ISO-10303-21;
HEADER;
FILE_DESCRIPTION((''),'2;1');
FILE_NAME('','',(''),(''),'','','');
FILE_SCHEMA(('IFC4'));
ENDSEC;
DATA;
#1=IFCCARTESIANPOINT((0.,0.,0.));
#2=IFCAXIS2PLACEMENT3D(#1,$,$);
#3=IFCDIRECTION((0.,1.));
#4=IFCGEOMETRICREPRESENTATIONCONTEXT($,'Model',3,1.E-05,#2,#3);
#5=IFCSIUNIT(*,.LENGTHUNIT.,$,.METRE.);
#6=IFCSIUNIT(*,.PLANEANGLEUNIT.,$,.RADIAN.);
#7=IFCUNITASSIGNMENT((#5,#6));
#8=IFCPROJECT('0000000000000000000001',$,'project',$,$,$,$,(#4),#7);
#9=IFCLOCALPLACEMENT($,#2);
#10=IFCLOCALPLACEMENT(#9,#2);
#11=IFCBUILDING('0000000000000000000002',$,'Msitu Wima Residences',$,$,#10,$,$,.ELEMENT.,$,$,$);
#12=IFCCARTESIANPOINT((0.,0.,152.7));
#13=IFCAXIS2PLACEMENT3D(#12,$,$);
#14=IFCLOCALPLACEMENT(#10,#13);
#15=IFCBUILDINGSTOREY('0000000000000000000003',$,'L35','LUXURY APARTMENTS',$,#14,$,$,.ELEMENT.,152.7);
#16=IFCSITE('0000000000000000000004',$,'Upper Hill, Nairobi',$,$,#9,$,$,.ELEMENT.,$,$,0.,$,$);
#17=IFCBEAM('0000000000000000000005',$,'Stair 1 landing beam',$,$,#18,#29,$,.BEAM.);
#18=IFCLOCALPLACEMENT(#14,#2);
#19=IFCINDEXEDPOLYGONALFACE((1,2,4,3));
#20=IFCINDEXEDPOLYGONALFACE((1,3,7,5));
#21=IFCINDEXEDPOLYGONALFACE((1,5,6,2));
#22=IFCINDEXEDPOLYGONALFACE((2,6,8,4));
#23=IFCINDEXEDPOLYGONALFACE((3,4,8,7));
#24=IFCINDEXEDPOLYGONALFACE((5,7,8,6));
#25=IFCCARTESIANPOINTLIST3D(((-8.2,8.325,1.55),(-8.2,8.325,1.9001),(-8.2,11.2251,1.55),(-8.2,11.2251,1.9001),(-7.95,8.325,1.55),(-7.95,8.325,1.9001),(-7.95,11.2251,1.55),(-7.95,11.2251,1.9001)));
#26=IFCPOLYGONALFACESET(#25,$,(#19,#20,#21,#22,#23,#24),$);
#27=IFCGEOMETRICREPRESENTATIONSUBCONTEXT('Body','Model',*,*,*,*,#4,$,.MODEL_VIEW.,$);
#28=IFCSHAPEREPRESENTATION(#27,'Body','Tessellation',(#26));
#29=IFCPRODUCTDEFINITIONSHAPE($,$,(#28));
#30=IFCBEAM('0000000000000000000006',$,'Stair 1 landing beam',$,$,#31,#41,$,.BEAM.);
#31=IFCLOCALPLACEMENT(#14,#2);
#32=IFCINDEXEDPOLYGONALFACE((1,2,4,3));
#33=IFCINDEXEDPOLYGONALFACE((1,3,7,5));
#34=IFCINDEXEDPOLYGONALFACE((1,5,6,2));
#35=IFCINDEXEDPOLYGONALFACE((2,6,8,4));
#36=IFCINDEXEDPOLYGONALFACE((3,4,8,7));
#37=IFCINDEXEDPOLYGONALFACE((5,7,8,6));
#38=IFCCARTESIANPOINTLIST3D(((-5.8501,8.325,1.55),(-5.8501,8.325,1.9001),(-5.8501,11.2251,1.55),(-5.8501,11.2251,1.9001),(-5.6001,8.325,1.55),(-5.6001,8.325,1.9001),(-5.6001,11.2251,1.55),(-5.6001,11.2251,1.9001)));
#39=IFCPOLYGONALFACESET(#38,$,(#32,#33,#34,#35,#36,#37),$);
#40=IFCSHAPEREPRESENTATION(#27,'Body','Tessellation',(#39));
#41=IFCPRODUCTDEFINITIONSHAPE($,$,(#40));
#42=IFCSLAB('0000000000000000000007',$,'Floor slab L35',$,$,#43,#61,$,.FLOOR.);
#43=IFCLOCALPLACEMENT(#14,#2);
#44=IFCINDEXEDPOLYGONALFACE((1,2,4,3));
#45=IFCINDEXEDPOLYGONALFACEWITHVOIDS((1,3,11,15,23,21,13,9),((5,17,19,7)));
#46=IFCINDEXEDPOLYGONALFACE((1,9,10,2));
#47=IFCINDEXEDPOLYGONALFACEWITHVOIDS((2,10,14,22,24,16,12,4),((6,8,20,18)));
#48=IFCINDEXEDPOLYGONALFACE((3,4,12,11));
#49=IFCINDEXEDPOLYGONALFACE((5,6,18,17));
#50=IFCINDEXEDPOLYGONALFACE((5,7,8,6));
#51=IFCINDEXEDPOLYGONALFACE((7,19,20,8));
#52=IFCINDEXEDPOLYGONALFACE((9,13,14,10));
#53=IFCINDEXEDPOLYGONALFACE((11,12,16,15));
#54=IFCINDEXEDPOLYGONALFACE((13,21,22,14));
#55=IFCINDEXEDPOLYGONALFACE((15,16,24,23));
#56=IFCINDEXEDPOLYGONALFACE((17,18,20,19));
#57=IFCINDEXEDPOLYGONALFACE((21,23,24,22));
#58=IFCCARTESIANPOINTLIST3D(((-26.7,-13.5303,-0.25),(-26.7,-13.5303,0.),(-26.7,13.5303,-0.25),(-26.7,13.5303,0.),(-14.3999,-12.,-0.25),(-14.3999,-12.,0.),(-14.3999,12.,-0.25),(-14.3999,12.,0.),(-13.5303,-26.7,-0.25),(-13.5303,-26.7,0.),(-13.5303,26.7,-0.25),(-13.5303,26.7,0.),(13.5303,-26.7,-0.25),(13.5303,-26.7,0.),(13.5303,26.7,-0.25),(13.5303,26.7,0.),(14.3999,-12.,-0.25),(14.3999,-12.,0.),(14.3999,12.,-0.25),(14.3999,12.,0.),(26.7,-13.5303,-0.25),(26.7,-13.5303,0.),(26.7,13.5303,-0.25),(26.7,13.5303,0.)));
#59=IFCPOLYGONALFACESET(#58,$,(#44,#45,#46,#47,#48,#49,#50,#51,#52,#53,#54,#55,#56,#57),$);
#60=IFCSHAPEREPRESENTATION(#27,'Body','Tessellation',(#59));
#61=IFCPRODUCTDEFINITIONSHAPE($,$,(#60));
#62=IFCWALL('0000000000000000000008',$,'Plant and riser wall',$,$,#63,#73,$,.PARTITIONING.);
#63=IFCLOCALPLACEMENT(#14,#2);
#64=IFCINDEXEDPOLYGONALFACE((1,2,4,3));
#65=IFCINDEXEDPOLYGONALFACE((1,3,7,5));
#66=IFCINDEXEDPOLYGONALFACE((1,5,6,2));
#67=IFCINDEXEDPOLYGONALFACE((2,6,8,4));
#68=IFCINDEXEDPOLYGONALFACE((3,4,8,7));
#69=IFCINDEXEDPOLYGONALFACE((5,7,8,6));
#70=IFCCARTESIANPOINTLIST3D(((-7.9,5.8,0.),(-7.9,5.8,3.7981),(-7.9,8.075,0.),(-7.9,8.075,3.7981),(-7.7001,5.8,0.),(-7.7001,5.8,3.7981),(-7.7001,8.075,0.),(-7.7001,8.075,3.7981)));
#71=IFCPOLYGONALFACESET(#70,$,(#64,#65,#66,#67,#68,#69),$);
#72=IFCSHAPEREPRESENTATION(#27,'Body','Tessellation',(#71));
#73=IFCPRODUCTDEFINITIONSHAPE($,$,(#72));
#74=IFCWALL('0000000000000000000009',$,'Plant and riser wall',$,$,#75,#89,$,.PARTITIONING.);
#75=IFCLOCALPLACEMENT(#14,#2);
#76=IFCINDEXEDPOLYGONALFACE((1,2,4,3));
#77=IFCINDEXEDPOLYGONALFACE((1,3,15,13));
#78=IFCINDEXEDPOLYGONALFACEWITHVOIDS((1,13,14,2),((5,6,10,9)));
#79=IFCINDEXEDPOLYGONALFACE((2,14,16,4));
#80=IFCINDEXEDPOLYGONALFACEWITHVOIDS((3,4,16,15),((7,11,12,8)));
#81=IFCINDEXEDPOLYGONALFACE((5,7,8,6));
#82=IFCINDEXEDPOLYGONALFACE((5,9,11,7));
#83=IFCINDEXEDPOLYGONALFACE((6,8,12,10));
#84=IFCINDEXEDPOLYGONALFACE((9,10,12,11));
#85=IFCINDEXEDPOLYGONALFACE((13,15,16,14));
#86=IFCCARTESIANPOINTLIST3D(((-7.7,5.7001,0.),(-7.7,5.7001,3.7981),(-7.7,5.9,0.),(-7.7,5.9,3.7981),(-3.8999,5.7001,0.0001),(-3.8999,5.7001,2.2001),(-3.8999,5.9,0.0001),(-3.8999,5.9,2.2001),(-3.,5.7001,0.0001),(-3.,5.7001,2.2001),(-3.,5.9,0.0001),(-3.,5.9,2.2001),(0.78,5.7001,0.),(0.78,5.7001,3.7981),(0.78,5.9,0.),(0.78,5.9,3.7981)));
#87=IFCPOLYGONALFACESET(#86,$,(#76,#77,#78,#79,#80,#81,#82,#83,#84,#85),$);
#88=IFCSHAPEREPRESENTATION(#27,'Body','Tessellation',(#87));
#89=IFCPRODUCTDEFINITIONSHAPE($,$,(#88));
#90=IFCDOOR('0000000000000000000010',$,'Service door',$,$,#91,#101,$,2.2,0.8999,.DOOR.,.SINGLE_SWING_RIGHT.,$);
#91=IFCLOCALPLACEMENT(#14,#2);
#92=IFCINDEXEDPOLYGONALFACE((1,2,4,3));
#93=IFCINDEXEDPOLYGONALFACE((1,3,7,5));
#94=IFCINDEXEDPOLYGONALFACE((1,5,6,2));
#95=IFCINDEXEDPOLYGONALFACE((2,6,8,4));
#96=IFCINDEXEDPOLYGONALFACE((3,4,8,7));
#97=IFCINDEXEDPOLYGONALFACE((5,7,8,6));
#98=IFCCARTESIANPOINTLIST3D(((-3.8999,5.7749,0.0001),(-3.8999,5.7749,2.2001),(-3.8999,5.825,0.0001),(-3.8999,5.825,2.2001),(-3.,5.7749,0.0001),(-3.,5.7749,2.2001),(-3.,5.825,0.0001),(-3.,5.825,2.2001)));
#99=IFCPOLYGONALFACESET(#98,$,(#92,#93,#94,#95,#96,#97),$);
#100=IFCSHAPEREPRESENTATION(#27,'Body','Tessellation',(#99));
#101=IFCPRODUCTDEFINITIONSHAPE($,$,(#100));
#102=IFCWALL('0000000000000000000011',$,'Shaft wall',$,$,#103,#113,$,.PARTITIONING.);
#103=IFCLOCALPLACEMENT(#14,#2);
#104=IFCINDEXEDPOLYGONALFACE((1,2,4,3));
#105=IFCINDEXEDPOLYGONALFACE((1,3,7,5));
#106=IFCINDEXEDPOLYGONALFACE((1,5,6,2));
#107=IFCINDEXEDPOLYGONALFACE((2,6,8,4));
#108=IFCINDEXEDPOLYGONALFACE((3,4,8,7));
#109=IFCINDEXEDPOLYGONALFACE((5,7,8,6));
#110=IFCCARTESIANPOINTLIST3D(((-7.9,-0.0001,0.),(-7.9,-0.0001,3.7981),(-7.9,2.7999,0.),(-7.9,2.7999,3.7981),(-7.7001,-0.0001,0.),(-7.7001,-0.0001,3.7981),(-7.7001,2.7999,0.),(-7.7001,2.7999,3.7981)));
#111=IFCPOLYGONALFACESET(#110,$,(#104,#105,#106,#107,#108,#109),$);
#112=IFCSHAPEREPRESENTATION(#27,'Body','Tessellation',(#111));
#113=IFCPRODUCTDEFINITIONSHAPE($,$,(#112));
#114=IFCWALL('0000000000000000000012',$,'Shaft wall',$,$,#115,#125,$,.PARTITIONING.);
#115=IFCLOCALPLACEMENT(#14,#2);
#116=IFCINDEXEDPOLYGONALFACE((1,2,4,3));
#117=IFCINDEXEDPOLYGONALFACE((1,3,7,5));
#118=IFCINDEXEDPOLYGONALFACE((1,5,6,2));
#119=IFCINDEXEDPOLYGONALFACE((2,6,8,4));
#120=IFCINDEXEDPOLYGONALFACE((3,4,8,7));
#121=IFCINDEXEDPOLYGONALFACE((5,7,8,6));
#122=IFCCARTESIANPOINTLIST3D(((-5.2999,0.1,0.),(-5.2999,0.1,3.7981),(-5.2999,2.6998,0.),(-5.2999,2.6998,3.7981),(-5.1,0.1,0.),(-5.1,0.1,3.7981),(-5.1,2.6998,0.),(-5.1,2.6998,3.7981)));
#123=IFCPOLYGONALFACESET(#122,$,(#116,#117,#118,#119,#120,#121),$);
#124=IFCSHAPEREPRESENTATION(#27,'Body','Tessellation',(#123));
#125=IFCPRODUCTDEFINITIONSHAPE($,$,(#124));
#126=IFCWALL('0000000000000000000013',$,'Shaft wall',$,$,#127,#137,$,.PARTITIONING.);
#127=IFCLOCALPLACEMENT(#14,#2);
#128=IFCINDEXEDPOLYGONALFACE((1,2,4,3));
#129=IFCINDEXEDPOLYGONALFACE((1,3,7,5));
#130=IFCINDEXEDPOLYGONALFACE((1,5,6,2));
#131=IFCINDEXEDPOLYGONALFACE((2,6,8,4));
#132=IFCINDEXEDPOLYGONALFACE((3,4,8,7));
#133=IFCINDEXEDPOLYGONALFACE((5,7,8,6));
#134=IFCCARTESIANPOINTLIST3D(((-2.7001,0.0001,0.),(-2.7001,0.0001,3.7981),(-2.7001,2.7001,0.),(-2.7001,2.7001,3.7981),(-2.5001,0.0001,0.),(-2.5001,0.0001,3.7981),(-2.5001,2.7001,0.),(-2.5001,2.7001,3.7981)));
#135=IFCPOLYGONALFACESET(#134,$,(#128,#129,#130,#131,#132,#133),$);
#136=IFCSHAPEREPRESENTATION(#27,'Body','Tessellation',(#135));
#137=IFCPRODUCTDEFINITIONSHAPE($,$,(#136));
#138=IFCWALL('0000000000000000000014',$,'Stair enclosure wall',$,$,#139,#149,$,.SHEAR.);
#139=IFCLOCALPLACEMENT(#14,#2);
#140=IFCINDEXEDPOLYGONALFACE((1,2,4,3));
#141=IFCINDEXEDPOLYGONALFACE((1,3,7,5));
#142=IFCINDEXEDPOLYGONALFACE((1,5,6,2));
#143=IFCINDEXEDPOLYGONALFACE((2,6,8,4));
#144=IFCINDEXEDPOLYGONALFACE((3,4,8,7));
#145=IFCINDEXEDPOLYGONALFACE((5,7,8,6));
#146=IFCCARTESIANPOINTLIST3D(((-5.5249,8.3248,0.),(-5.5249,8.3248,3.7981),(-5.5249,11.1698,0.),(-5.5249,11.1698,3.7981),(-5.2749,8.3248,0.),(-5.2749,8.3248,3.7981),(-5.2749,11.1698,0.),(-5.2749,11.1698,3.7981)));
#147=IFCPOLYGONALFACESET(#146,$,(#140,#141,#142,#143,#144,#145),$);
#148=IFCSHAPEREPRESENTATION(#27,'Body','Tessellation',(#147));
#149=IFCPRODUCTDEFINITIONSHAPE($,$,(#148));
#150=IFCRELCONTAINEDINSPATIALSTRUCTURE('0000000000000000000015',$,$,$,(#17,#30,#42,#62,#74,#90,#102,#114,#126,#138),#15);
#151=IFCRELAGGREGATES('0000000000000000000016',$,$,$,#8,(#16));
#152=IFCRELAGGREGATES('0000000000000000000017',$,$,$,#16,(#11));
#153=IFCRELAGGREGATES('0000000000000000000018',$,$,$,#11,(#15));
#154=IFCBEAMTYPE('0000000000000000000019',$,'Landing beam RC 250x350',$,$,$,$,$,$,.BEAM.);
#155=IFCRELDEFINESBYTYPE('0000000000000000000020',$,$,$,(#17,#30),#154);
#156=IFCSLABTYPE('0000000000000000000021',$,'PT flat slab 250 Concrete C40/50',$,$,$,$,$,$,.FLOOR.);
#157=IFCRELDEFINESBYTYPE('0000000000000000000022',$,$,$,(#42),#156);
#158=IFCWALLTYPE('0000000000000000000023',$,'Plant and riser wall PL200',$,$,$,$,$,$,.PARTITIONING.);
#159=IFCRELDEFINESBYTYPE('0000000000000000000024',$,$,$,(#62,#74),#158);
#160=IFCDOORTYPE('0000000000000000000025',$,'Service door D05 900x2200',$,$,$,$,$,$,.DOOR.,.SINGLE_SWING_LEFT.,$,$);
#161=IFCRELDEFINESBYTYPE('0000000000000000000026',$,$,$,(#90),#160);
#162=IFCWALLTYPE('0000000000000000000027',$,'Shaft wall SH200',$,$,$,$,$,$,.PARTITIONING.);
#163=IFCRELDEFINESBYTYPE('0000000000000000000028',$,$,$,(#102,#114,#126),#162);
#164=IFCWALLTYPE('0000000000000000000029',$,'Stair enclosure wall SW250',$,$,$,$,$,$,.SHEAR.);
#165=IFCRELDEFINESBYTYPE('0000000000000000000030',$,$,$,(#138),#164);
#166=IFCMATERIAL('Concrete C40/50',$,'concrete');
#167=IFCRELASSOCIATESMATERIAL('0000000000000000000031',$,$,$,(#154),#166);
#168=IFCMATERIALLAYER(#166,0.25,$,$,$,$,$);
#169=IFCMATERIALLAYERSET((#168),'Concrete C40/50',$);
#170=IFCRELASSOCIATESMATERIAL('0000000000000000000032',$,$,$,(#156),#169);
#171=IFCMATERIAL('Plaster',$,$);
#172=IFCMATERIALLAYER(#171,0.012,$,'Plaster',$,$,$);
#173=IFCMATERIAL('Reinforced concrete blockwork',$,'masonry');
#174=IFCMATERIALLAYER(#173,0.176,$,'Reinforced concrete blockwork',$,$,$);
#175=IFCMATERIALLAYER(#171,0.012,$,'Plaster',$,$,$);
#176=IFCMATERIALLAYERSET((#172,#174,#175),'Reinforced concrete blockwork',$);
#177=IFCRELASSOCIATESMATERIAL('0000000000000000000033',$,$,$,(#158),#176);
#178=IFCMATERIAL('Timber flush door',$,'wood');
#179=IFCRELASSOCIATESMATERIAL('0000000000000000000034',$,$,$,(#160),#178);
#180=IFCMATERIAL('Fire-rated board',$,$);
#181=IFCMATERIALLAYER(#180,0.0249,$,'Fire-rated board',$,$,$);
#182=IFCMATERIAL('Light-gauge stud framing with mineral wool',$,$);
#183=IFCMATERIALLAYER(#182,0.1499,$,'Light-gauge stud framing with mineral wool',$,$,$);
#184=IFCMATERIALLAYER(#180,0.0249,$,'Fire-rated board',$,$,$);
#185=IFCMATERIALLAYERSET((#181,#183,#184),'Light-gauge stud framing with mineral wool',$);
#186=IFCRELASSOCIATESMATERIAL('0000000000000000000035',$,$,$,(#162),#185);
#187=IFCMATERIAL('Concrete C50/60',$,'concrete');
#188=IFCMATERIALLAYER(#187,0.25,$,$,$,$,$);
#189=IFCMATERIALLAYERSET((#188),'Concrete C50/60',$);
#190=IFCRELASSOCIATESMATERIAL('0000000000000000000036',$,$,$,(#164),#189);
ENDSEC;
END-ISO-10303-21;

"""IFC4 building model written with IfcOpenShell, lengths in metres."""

from ifc_helpers import new_model, si_unit, direction, frame, frame_2d, origin, origin_2d, place, context, subcontext, project, spatial, polyline, rectangle, outline, extrude, material, layer, layer_set, material_profile, profile_set, type_object, element, fill, save


model = new_model("IFC4")

# Units and contexts
model_context = context("Model", 3, precision=1e-05, world=origin(), true_north=direction((0.0, 1.0)))
body_context = subcontext(model_context, "Body", "Model", "MODEL_VIEW")
ifc_project = project(units=[si_unit("LENGTHUNIT", "METRE"), si_unit("PLANEANGLEUNIT", "RADIAN")], contexts=[model_context])

# Site, building, storey
site_placement = place(None, origin())
site = spatial("IfcSite", under=ifc_project, at=site_placement, Name="Upper Hill, Nairobi", CompositionType="ELEMENT", RefElevation=0.0)
building_placement = place(site_placement, origin())
building = spatial("IfcBuilding", under=site, at=building_placement, Name="Msitu Wima Residences", CompositionType="ELEMENT")
storey_placement = place(building_placement, frame((0.0, 0.0, 152.7)))
storey = spatial("IfcBuildingStorey", under=building, at=storey_placement, Name="L35", Description="LUXURY APARTMENTS", CompositionType="ELEMENT", Elevation=152.7)

# Beams
ifc_material_1 = material(Name="Concrete C40/50", Category="concrete")
ifc_material_profile = material_profile(ifc_material_1, rectangle(XDim=0.25, YDim=0.3501, at=origin_2d()), Name="RC 250x350")
ifc_profile_set = profile_set([ifc_material_profile], Name="Concrete C40/50")
beam_type = type_object("IfcBeamType", Name="Landing beam RC 250x350", PredefinedType="BEAM", material=ifc_profile_set)
for number, where, z_axis, x_axis, name in (
    (1, (-8.075, 8.325, 1.7251), (0.0, 1.0, 0.0), (-1.0, 0.0, 0.0), "Stair 1 landing beam"),
    (2, (-5.7251, 8.325, 1.7251), (0.0, 1.0, 0.0), (-1.0, 0.0, 0.0), "Stair 1 landing beam"),
):
    element("IfcBeam", number, at=place(storey_placement, frame(where, z_axis=z_axis, x_axis=x_axis)), inside=storey, type_object=beam_type, Name=name, PredefinedType="BEAM", context=body_context, shape_type="SweptSolid", body=[
        extrude(rectangle(XDim=0.25, YDim=0.3501, at=origin_2d()), origin(), (0.0, 0.0, 1.0), 2.9001),
    ])

# Slab
ifc_layer_1 = layer(ifc_material_1, 0.25)
ifc_layer_set_1 = layer_set([ifc_layer_1], Name="Concrete C40/50")
slab_type = type_object("IfcSlabType", Name="PT flat slab 250 Concrete C40/50", PredefinedType="FLOOR", material=ifc_layer_set_1)
slab_placement = place(storey_placement, frame((0.0, 0.0, -0.25)))
element("IfcSlab", 3, at=slab_placement, inside=storey, type_object=slab_type, Name="Floor slab L35", PredefinedType="FLOOR", context=body_context, shape_type="SweptSolid", body=[
    extrude(outline(polyline([(26.7, -13.5303), (13.5303, -26.7), (-13.5303, -26.7), (-26.7, -13.5303), (-26.7, 13.5303), (-13.5303, 26.7), (13.5303, 26.7), (26.7, 13.5303), (26.7, -13.5303)]), holes=[polyline([(-14.3999, -12.0), (14.3999, -12.0), (14.3999, 12.0), (-14.3999, 12.0), (-14.3999, -12.0)])]), origin(), (0.0, 0.0, 1.0), 0.25),
])

# Shared definitions
ifc_material_2 = material(Name="Plaster")

# Wall
ifc_layer_2 = layer(ifc_material_2, 0.012, Name="Plaster")
ifc_material_3 = material(Name="Reinforced concrete blockwork", Category="masonry")
ifc_layer_3 = layer(ifc_material_3, 0.176, Name="Reinforced concrete blockwork")
ifc_layer_4 = layer(ifc_material_2, 0.012, Name="Plaster")
ifc_layer_set_2 = layer_set([ifc_layer_2, ifc_layer_3, ifc_layer_4], Name="Reinforced concrete blockwork")
wall_type_1 = type_object("IfcWallType", Name="Plant and riser wall PL200", PredefinedType="PARTITIONING", material=ifc_layer_set_2)
wall_1_placement = place(storey_placement, frame((-7.8, 5.8, 0.0), z_axis=(0.0, 0.0, 1.0), x_axis=(0.0, 1.0, 0.0)))
element("IfcWall", 4, at=wall_1_placement, inside=storey, type_object=wall_type_1, Name="Plant and riser wall", PredefinedType="PARTITIONING", context=body_context, shape_type="SweptSolid", body=[
    extrude(rectangle(XDim=2.2749, YDim=0.2, at=frame_2d((1.1375, 0.0))), origin(), (0.0, 0.0, 1.0), 3.7981),
])

# Wall, opening, door
wall_2_placement = place(storey_placement, frame((-7.7, 5.8, 0.0), z_axis=(0.0, 0.0, 1.0), x_axis=(1.0, 0.0, 0.0)))
wall_2 = element("IfcWall", 5, at=wall_2_placement, inside=storey, type_object=wall_type_1, Name="Plant and riser wall", PredefinedType="PARTITIONING", context=body_context, shape_type="SweptSolid", body=[
    extrude(rectangle(XDim=8.48, YDim=0.2, at=frame_2d((4.24, 0.0))), origin(), (0.0, 0.0, 1.0), 3.7981),
])
opening_1_placement = place(wall_2_placement, frame((3.8, 0.0, 0.0)))
opening_1 = element("IfcOpeningElement", 6, at=opening_1_placement, cuts=wall_2, PredefinedType="OPENING", context=body_context, shape_type="SweptSolid", body=[
    extrude(rectangle(XDim=0.8999, YDim=2.2, at=frame_2d((0.45, 1.1001))), frame((0.0, 0.1099, 0.0), z_axis=(0.0, -1.0, 0.0), x_axis=(1.0, 0.0, 0.0)), (0.0, 0.0, 1.0), 0.22),
])
ifc_material_4 = material(Name="Timber flush door", Category="wood")
door_type_1 = type_object("IfcDoorType", Name="Service door D05 900x2200", OperationType="SINGLE_SWING_LEFT", PredefinedType="DOOR", material=ifc_material_4)
door_1_placement = place(opening_1_placement, origin())
door_1 = element("IfcDoor", 7, at=door_1_placement, inside=storey, type_object=door_type_1, Name="Service door", OperationType="SINGLE_SWING_RIGHT", OverallHeight=2.2, OverallWidth=0.8999, PredefinedType="DOOR", context=body_context, shape_type="SweptSolid", body=[
    extrude(rectangle(XDim=0.8999, YDim=2.2, at=frame_2d((0.45, 1.1001))), frame((0.0, 0.0249, 0.0), z_axis=(0.0, -1.0, 0.0), x_axis=(1.0, 0.0, 0.0)), (0.0, 0.0, 1.0), 0.05),
])
fill(opening_1, door_1)

# Walls
ifc_material_5 = material(Name="Fire-rated board")
ifc_layer_5 = layer(ifc_material_5, 0.0249, Name="Fire-rated board")
ifc_material_6 = material(Name="Light-gauge stud framing with mineral wool")
ifc_layer_6 = layer(ifc_material_6, 0.1499, Name="Light-gauge stud framing with mineral wool")
ifc_layer_7 = layer(ifc_material_5, 0.0249, Name="Fire-rated board")
ifc_layer_set_3 = layer_set([ifc_layer_5, ifc_layer_6, ifc_layer_7], Name="Light-gauge stud framing with mineral wool")
wall_type_2 = type_object("IfcWallType", Name="Shaft wall SH200", PredefinedType="PARTITIONING", material=ifc_layer_set_3)
wall_3_placement = place(storey_placement, frame((-7.8, 0.0, 0.0), z_axis=(0.0, 0.0, 1.0), x_axis=(0.0, 1.0, 0.0)))
element("IfcWall", 8, at=wall_3_placement, inside=storey, type_object=wall_type_2, Name="Shaft wall", PredefinedType="PARTITIONING", context=body_context, shape_type="SweptSolid", body=[
    extrude(rectangle(XDim=2.8, YDim=0.2, at=frame_2d((1.3999, 0.0))), origin(), (0.0, 0.0, 1.0), 3.7981),
])
wall_4_placement = place(storey_placement, frame((-5.2, 0.1001, 0.0), z_axis=(0.0, 0.0, 1.0), x_axis=(0.0, 1.0, 0.0)))
element("IfcWall", 9, at=wall_4_placement, inside=storey, type_object=wall_type_2, Name="Shaft wall", PredefinedType="PARTITIONING", context=body_context, shape_type="SweptSolid", body=[
    extrude(rectangle(XDim=2.5999, YDim=0.2, at=frame_2d((1.2998, 0.0))), origin(), (0.0, 0.0, 1.0), 3.7981),
])
wall_5_placement = place(storey_placement, frame((-2.6001, 0.0, 0.0), z_axis=(0.0, 0.0, 1.0), x_axis=(0.0, 1.0, 0.0)))
element("IfcWall", 10, at=wall_5_placement, inside=storey, type_object=wall_type_2, Name="Shaft wall", PredefinedType="PARTITIONING", context=body_context, shape_type="SweptSolid", body=[
    extrude(rectangle(XDim=2.7, YDim=0.2, at=frame_2d((1.3501, 0.0))), origin(), (0.0, 0.0, 1.0), 3.7981),
])
ifc_material_7 = material(Name="Concrete C50/60", Category="concrete")
ifc_layer_8 = layer(ifc_material_7, 0.25)
ifc_layer_set_4 = layer_set([ifc_layer_8], Name="Concrete C50/60")
wall_type_3 = type_object("IfcWallType", Name="Stair enclosure wall SW250", PredefinedType="SHEAR", material=ifc_layer_set_4)
wall_6_placement = place(storey_placement, frame((-5.3999, 8.325, 0.0), z_axis=(0.0, 0.0, 1.0), x_axis=(0.0, 1.0, 0.0)))
element("IfcWall", 11, at=wall_6_placement, inside=storey, type_object=wall_type_3, Name="Stair enclosure wall", PredefinedType="SHEAR", context=body_context, shape_type="SweptSolid", body=[
    extrude(rectangle(XDim=2.845, YDim=0.25, at=frame_2d((1.4224, 0.0))), origin(), (0.0, 0.0, 1.0), 3.7981),
])

save(model, "model.ifc")
